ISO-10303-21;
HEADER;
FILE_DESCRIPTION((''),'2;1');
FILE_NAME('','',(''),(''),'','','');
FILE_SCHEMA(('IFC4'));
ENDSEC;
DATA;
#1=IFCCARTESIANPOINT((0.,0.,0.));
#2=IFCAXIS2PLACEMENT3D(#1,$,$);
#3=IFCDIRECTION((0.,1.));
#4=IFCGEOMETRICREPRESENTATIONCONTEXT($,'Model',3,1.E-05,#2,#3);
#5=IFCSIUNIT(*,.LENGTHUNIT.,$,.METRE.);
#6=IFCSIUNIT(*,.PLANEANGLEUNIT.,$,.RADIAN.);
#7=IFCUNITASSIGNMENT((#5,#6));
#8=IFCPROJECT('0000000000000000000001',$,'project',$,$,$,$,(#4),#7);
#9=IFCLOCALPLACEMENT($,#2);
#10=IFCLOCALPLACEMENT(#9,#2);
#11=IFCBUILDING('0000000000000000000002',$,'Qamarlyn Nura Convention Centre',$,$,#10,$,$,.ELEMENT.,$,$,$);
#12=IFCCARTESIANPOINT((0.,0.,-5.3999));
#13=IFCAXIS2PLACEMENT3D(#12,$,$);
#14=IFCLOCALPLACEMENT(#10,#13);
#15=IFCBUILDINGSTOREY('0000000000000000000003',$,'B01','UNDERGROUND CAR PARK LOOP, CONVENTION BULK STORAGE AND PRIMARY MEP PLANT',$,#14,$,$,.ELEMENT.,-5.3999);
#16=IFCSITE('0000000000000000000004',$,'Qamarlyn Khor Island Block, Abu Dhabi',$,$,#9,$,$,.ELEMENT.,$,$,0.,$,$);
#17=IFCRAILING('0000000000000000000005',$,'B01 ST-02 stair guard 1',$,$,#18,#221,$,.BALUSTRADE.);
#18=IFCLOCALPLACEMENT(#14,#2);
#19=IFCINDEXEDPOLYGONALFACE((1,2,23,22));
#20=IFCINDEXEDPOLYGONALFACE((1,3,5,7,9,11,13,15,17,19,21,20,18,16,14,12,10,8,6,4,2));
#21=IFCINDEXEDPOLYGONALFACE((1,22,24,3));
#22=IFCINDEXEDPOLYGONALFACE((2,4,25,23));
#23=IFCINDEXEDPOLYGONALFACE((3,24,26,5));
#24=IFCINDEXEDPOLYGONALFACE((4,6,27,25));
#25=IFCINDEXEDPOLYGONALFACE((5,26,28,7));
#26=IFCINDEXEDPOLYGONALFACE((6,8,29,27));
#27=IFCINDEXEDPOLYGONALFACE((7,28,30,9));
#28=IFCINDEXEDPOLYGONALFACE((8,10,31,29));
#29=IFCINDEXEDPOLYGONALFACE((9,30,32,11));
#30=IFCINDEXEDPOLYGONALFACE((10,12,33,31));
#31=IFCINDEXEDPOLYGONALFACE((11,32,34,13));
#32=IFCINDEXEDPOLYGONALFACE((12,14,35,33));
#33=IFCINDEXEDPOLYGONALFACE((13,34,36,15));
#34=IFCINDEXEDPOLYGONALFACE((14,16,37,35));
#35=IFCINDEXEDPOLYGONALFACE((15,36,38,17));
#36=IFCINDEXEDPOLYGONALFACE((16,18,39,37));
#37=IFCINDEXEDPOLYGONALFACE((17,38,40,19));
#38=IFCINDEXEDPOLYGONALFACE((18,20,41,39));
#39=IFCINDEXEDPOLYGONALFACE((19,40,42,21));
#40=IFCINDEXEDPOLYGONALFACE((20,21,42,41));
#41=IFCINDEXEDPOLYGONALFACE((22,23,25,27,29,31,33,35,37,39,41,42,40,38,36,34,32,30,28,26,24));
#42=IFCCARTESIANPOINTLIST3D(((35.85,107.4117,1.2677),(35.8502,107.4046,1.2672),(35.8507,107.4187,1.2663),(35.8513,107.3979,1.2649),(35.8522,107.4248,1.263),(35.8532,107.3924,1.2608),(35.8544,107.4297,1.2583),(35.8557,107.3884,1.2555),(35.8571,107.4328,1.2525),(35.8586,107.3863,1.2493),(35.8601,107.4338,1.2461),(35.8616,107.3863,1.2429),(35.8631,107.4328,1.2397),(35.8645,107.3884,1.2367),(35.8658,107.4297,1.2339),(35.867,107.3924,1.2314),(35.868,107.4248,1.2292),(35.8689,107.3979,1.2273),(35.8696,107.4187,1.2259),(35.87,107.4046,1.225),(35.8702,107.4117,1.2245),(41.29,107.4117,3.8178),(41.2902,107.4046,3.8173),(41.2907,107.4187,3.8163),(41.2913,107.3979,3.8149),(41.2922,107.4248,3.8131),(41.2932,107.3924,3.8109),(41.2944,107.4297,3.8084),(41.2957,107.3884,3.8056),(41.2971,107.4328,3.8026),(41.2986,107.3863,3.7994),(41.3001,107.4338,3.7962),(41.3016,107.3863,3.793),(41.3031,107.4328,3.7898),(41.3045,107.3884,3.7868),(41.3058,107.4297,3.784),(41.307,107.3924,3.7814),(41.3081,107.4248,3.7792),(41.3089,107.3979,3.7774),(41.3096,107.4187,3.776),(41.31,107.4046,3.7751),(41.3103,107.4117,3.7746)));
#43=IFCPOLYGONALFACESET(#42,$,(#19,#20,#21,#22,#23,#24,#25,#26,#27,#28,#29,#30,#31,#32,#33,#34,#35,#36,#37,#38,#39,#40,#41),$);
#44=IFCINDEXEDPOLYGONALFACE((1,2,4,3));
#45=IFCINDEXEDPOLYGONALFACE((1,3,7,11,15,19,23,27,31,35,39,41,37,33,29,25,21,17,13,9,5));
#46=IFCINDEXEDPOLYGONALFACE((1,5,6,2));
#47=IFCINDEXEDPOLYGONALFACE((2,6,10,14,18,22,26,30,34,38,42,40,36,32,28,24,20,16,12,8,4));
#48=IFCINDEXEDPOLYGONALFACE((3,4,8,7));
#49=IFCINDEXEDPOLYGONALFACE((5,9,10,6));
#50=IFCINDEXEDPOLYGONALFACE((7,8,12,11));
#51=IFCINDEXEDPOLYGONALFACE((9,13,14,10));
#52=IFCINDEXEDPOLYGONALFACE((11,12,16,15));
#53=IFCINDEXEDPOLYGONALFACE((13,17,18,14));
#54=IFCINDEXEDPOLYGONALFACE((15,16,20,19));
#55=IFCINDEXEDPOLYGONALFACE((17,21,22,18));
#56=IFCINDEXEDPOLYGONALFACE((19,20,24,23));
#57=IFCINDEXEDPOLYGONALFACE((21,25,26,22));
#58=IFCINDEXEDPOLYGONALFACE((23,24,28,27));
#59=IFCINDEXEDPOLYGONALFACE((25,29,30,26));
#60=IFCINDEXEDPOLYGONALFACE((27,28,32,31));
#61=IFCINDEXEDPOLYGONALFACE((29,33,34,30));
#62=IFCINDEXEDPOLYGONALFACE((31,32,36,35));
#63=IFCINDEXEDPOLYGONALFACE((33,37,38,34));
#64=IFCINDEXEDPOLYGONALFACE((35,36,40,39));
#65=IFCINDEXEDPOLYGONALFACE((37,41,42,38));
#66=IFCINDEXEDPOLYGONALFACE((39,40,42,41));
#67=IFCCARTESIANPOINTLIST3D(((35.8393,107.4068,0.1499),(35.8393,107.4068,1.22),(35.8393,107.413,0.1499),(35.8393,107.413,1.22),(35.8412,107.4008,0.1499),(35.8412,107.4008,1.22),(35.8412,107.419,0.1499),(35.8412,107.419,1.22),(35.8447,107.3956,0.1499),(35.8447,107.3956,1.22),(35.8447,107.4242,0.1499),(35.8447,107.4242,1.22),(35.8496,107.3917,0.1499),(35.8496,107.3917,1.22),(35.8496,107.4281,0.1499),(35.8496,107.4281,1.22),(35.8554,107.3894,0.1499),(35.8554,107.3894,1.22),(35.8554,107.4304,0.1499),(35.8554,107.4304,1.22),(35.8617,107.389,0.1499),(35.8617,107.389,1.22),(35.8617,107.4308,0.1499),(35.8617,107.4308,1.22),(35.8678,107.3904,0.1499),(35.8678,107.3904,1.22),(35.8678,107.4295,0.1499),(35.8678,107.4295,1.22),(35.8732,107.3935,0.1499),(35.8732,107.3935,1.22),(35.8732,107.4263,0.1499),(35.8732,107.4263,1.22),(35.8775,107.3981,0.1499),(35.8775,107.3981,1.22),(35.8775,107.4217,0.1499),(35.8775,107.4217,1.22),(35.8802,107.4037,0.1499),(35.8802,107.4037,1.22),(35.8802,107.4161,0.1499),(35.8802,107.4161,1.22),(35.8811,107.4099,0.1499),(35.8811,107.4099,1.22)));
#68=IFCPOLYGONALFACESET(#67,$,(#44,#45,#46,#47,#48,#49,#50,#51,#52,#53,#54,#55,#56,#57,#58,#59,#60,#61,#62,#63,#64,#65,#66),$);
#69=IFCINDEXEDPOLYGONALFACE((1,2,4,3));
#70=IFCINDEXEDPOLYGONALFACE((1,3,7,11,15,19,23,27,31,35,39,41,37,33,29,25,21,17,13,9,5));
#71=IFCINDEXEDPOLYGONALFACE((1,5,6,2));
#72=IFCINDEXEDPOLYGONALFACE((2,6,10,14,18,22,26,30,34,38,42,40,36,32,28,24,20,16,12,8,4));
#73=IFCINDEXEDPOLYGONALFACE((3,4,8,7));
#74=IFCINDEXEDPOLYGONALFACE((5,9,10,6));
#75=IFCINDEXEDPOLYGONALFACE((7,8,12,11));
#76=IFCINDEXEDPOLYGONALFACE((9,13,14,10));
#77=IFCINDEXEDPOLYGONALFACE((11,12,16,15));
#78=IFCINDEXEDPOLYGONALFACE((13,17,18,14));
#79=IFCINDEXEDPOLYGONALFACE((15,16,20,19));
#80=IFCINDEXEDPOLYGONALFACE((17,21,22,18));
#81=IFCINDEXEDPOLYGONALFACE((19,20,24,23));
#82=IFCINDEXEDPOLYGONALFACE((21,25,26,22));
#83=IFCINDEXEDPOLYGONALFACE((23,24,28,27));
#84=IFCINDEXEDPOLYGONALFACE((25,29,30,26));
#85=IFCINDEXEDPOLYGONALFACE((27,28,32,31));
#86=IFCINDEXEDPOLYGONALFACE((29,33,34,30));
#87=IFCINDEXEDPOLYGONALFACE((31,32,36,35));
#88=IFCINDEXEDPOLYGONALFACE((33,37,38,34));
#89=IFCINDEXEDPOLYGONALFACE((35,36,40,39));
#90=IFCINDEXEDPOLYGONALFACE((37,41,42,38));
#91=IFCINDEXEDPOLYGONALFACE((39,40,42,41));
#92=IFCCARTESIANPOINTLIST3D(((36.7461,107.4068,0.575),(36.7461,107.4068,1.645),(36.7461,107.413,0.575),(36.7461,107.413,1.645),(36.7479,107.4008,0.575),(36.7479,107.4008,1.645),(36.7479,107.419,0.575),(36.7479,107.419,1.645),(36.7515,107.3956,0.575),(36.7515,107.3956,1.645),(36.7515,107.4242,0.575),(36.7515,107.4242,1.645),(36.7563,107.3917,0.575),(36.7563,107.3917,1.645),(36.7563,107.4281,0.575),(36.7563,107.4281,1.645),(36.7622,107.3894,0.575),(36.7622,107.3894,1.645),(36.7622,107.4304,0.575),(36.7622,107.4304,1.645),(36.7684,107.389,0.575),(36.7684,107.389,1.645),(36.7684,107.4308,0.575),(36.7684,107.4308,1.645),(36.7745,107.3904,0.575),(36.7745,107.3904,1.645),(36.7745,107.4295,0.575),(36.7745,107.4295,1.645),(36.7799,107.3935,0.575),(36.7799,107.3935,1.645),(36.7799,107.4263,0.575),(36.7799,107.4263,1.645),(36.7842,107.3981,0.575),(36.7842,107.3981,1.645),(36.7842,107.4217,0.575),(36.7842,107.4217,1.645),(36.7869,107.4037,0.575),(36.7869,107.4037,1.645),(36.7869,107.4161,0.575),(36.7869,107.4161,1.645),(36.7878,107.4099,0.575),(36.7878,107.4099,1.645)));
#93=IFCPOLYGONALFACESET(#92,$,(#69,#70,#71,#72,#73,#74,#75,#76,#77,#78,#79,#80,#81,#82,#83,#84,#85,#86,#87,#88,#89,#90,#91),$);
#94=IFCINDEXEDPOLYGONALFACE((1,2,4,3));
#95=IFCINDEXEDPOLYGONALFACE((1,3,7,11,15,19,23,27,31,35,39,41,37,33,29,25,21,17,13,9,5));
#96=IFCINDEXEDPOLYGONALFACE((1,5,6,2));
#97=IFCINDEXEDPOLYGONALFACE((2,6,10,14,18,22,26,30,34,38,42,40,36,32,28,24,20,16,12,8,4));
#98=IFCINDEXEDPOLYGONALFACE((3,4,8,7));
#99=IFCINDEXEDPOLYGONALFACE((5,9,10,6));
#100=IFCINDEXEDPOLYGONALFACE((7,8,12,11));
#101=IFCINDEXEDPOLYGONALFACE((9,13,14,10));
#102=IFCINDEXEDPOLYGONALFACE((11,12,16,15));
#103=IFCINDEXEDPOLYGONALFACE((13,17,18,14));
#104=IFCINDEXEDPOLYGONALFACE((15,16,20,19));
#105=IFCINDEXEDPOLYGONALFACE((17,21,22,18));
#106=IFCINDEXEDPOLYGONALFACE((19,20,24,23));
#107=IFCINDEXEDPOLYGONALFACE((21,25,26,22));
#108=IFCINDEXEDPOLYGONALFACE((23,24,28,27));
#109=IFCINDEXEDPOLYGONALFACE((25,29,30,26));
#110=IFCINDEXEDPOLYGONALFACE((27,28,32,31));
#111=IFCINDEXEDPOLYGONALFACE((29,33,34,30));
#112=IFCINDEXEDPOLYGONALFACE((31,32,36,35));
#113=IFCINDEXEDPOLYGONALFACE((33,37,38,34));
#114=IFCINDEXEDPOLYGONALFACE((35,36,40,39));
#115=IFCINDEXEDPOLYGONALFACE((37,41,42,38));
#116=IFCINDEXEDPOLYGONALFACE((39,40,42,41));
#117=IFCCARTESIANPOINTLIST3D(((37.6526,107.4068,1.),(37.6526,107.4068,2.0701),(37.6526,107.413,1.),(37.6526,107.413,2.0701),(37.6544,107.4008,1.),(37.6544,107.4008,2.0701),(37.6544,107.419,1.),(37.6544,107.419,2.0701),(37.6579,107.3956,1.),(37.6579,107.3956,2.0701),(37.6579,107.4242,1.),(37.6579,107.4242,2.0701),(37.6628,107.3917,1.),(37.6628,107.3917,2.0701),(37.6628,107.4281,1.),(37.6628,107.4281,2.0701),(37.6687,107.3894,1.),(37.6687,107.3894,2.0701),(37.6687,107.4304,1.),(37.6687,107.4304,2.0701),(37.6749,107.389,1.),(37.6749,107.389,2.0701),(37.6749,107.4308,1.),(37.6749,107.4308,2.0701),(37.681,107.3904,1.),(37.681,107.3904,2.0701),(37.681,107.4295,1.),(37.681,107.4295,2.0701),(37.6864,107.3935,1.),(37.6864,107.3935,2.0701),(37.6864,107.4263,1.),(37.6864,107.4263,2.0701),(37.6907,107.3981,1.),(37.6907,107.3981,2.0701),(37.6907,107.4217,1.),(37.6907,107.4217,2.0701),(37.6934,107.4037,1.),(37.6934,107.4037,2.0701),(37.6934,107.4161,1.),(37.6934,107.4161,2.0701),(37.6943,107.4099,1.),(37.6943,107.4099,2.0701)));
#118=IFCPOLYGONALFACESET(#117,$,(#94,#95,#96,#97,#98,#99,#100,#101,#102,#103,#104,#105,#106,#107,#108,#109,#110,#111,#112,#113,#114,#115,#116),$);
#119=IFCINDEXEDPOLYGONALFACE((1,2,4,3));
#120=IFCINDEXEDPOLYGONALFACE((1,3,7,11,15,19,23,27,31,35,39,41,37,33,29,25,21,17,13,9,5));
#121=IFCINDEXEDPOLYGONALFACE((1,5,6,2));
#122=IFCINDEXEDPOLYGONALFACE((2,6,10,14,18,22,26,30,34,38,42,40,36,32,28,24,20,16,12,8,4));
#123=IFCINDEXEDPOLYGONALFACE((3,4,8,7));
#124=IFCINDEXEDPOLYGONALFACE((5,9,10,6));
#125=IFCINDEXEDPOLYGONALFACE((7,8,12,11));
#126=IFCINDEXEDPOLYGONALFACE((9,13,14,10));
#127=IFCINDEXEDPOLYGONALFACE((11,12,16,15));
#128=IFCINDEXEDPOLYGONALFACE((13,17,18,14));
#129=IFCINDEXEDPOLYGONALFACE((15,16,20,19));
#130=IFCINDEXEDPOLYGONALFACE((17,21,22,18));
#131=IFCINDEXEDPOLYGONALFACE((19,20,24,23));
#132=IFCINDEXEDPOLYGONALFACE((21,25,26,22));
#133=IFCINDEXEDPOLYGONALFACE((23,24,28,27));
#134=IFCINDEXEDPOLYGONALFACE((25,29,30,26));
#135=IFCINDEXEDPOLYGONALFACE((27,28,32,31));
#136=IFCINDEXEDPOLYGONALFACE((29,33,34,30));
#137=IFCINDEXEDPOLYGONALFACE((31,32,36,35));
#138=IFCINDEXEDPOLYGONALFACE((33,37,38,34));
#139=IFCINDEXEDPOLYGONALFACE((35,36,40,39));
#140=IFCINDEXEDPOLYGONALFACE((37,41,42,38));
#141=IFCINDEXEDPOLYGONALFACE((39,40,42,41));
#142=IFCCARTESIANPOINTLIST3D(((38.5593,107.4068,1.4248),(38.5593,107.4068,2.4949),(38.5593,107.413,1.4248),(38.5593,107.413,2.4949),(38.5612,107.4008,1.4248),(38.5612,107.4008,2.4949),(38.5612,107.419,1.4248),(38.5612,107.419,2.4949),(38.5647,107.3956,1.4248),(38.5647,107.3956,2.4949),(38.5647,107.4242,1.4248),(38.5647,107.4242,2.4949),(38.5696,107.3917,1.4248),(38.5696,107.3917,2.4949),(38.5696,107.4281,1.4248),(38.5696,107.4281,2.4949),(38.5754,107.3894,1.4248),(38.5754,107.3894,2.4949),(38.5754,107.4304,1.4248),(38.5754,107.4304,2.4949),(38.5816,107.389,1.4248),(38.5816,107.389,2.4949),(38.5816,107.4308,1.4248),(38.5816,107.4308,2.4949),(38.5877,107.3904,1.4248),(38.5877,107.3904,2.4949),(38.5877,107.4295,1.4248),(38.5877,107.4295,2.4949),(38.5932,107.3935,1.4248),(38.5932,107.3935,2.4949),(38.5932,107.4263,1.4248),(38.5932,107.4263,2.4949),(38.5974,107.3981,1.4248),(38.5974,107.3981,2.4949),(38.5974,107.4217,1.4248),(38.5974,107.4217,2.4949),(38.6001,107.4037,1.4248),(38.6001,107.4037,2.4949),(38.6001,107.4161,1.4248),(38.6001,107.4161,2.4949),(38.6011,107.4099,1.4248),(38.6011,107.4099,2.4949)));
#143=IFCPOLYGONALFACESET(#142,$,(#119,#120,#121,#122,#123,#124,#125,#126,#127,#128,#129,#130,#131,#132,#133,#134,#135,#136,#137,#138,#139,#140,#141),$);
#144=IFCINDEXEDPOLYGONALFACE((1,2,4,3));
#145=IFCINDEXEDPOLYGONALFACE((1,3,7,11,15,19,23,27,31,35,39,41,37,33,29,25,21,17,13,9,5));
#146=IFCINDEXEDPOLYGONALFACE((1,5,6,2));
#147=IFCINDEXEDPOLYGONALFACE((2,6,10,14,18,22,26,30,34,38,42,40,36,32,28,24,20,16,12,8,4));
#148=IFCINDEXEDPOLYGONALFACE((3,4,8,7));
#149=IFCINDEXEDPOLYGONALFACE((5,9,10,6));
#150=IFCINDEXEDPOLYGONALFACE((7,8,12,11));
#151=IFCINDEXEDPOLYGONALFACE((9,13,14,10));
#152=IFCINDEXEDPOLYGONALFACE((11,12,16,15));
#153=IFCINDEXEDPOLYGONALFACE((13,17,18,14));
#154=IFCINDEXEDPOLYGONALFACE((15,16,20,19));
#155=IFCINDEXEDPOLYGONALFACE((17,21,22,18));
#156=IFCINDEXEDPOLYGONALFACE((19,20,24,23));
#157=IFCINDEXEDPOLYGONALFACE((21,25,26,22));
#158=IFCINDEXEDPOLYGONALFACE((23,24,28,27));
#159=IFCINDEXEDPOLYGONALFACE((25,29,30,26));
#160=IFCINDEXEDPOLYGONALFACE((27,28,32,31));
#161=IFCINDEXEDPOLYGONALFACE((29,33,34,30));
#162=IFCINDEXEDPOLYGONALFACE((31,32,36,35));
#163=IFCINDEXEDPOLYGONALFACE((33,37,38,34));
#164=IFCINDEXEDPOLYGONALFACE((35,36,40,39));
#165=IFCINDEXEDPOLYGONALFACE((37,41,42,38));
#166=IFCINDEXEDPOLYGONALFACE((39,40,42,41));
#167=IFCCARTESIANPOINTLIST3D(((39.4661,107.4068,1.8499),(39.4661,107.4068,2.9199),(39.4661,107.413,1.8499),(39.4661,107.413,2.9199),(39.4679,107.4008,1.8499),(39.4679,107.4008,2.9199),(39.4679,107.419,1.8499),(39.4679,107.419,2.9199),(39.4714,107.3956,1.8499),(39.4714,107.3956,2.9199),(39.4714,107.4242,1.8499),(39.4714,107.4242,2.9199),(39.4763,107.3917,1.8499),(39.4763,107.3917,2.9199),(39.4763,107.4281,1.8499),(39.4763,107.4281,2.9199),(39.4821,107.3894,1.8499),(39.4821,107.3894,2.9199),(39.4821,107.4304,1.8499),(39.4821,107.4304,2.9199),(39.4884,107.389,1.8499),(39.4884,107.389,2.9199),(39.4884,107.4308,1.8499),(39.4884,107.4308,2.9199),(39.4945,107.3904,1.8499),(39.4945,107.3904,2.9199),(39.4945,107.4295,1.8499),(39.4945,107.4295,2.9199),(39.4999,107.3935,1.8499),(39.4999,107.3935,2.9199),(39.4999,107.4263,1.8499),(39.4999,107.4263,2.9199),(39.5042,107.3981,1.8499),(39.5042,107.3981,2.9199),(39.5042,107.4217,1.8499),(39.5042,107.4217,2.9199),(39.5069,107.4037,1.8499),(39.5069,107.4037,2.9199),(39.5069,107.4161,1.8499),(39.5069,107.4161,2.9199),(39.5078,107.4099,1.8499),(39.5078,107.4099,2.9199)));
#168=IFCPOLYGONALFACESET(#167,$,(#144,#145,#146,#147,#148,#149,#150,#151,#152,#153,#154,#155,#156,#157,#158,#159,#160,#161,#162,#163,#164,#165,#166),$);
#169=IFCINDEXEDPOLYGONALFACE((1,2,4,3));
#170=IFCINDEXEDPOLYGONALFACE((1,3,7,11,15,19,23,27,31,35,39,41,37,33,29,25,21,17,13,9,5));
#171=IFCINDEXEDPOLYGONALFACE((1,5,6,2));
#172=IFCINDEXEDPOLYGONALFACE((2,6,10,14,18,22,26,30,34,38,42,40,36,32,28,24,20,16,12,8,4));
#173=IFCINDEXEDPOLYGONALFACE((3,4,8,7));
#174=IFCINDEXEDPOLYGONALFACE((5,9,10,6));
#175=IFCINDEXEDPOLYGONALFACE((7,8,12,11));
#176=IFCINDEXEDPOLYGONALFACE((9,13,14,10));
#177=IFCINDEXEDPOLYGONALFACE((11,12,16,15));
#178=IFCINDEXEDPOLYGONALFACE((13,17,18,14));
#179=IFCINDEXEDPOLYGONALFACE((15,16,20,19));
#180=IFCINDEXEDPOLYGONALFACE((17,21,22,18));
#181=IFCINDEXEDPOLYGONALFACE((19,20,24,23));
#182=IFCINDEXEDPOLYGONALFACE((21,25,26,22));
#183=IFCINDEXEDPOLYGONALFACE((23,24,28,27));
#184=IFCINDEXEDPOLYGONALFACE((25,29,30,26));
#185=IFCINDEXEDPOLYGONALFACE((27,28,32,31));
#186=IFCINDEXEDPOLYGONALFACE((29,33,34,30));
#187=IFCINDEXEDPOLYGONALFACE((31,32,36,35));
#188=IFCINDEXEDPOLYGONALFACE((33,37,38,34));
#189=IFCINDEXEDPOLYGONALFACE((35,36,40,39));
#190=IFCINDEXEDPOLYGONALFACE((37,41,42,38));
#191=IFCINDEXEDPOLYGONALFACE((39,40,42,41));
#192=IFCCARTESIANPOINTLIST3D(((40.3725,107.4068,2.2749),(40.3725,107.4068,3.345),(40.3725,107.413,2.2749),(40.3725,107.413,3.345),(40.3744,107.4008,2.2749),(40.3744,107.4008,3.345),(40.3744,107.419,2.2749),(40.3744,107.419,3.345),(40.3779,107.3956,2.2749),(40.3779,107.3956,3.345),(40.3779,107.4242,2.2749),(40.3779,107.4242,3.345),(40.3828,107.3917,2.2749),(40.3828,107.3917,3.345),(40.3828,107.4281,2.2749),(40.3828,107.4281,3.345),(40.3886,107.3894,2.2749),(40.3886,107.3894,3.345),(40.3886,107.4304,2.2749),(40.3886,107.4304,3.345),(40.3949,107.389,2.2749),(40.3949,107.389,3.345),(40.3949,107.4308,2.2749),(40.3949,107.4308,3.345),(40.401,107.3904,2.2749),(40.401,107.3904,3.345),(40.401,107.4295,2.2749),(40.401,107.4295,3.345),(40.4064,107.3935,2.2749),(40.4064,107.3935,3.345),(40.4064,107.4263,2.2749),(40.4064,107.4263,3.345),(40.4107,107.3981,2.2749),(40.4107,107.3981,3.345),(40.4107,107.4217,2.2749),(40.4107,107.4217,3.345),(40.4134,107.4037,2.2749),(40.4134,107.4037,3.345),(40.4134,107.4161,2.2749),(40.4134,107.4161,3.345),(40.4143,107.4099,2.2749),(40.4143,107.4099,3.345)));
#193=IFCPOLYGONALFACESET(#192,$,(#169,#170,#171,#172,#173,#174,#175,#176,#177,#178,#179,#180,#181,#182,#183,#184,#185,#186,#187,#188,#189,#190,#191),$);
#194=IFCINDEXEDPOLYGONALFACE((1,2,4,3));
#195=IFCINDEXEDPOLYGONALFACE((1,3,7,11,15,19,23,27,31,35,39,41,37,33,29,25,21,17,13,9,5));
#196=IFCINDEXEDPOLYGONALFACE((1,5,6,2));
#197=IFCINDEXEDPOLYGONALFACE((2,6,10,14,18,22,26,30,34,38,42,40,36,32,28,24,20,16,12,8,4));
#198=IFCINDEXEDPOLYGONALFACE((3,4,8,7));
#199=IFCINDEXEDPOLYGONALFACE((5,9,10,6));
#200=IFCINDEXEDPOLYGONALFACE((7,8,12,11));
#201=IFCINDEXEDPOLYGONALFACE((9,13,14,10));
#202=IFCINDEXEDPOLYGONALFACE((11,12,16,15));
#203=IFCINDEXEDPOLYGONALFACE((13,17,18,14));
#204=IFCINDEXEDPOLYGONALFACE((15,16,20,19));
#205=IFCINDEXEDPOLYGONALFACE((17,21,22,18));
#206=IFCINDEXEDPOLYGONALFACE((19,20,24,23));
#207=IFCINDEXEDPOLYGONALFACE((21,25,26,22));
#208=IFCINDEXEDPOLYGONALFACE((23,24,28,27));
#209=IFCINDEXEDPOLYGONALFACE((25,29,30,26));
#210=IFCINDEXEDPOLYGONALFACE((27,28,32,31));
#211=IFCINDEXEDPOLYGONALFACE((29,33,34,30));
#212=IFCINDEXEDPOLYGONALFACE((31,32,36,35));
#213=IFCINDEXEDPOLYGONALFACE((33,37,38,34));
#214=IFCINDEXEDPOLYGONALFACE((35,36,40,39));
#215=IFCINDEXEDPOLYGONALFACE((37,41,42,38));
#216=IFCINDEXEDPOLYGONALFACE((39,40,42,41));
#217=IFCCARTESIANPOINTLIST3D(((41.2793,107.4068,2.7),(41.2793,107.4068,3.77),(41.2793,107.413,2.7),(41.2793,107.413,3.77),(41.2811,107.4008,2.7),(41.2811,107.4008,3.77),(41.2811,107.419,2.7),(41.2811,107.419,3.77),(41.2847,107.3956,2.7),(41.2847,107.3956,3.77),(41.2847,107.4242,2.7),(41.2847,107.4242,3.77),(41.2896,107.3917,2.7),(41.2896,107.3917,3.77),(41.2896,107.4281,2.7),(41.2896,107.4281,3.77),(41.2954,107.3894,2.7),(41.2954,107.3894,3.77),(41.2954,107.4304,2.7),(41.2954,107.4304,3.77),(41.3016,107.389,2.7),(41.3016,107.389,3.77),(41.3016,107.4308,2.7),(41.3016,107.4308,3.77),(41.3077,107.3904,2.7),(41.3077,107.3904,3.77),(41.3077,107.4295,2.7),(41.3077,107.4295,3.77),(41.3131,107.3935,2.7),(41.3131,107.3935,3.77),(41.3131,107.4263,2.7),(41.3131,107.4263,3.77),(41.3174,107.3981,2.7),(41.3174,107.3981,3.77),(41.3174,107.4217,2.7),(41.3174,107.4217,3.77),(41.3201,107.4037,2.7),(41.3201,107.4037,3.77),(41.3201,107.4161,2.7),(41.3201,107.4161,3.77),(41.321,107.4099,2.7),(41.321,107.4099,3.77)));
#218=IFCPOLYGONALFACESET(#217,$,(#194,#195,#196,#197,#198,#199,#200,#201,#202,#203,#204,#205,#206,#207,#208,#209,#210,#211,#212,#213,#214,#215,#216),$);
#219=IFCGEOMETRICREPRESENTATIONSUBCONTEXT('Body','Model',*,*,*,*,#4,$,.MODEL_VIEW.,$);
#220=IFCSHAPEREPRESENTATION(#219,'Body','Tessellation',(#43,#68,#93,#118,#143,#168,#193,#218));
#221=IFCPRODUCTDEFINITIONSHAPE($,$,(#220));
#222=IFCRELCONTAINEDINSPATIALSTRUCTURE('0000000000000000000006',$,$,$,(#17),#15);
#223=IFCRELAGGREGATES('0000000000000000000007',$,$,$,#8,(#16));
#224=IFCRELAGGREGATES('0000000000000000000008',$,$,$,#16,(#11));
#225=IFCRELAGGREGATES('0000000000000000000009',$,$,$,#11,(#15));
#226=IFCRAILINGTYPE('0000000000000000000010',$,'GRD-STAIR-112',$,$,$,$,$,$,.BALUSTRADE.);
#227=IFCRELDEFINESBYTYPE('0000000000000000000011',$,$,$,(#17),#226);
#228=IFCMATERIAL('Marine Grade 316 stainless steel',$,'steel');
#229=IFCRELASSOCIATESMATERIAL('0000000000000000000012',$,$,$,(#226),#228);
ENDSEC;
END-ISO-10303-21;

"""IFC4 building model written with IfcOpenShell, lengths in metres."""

from ifc_helpers import new_model, si_unit, direction, frame, origin, origin_2d, place, context, subcontext, project, spatial, circle, extrude, material, type_object, element, save


model = new_model("IFC4")

# Units and contexts
model_context = context("Model", 3, precision=1e-05, world=origin(), true_north=direction((0.0, 1.0)))
body_context = subcontext(model_context, "Body", "Model", "MODEL_VIEW")
ifc_project = project(units=[si_unit("LENGTHUNIT", "METRE"), si_unit("PLANEANGLEUNIT", "RADIAN")], contexts=[model_context])

# Site, building, storey
site_placement = place(None, origin())
site = spatial("IfcSite", under=ifc_project, at=site_placement, Name="Qamarlyn Khor Island Block, Abu Dhabi", CompositionType="ELEMENT", RefElevation=0.0)
building_placement = place(site_placement, origin())
building = spatial("IfcBuilding", under=site, at=building_placement, Name="Qamarlyn Nura Convention Centre", CompositionType="ELEMENT")
storey_placement = place(building_placement, frame((0.0, 0.0, -5.3999)))
storey = spatial("IfcBuildingStorey", under=building, at=storey_placement, Name="B01", Description="UNDERGROUND CAR PARK LOOP, CONVENTION BULK STORAGE AND PRIMARY MEP PLANT", CompositionType="ELEMENT", Elevation=-5.3999)

# Railing
ifc_material_1 = material(Name="Marine Grade 316 stainless steel", Category="steel")
railing_type_1 = type_object("IfcRailingType", Name="GRD-STAIR-112", PredefinedType="BALUSTRADE", material=ifc_material_1)
railing_1_placement = place(storey_placement, frame((35.8601, 107.4099, 0.1499)))
element("IfcRailing", 1, at=railing_1_placement, inside=storey, type_object=railing_type_1, Name="B01 ST-02 stair guard 1", PredefinedType="BALUSTRADE", context=body_context, shape_type="SweptSolid", body=[
    extrude(circle(Radius=0.0239, at=origin_2d()), frame((0.0, 0.0, 1.0962), z_axis=(0.905454, 0.0, 0.424444), x_axis=(0.0, 1.0, 0.0)), (0.0, 0.0, 1.0), 6.0081),
    extrude(circle(Radius=0.021, at=origin_2d()), origin(), (0.0, 0.0, 1.0), 1.0701),
    extrude(circle(Radius=0.021, at=origin_2d()), frame((0.9067, 0.0, 0.425)), (0.0, 0.0, 1.0), 1.0701),
    extrude(circle(Radius=0.021, at=origin_2d()), frame((1.8132, 0.0, 0.8501)), (0.0, 0.0, 1.0), 1.0701),
    extrude(circle(Radius=0.021, at=origin_2d()), frame((2.72, 0.0, 1.2749)), (0.0, 0.0, 1.0), 1.0701),
    extrude(circle(Radius=0.021, at=origin_2d()), frame((3.6267, 0.0, 1.7)), (0.0, 0.0, 1.0), 1.0701),
    extrude(circle(Radius=0.021, at=origin_2d()), frame((4.5332, 0.0, 2.125)), (0.0, 0.0, 1.0), 1.0701),
    extrude(circle(Radius=0.021, at=origin_2d()), frame((5.4399, 0.0, 2.55)), (0.0, 0.0, 1.0), 1.0701),
])

save(model, "model.ifc")
